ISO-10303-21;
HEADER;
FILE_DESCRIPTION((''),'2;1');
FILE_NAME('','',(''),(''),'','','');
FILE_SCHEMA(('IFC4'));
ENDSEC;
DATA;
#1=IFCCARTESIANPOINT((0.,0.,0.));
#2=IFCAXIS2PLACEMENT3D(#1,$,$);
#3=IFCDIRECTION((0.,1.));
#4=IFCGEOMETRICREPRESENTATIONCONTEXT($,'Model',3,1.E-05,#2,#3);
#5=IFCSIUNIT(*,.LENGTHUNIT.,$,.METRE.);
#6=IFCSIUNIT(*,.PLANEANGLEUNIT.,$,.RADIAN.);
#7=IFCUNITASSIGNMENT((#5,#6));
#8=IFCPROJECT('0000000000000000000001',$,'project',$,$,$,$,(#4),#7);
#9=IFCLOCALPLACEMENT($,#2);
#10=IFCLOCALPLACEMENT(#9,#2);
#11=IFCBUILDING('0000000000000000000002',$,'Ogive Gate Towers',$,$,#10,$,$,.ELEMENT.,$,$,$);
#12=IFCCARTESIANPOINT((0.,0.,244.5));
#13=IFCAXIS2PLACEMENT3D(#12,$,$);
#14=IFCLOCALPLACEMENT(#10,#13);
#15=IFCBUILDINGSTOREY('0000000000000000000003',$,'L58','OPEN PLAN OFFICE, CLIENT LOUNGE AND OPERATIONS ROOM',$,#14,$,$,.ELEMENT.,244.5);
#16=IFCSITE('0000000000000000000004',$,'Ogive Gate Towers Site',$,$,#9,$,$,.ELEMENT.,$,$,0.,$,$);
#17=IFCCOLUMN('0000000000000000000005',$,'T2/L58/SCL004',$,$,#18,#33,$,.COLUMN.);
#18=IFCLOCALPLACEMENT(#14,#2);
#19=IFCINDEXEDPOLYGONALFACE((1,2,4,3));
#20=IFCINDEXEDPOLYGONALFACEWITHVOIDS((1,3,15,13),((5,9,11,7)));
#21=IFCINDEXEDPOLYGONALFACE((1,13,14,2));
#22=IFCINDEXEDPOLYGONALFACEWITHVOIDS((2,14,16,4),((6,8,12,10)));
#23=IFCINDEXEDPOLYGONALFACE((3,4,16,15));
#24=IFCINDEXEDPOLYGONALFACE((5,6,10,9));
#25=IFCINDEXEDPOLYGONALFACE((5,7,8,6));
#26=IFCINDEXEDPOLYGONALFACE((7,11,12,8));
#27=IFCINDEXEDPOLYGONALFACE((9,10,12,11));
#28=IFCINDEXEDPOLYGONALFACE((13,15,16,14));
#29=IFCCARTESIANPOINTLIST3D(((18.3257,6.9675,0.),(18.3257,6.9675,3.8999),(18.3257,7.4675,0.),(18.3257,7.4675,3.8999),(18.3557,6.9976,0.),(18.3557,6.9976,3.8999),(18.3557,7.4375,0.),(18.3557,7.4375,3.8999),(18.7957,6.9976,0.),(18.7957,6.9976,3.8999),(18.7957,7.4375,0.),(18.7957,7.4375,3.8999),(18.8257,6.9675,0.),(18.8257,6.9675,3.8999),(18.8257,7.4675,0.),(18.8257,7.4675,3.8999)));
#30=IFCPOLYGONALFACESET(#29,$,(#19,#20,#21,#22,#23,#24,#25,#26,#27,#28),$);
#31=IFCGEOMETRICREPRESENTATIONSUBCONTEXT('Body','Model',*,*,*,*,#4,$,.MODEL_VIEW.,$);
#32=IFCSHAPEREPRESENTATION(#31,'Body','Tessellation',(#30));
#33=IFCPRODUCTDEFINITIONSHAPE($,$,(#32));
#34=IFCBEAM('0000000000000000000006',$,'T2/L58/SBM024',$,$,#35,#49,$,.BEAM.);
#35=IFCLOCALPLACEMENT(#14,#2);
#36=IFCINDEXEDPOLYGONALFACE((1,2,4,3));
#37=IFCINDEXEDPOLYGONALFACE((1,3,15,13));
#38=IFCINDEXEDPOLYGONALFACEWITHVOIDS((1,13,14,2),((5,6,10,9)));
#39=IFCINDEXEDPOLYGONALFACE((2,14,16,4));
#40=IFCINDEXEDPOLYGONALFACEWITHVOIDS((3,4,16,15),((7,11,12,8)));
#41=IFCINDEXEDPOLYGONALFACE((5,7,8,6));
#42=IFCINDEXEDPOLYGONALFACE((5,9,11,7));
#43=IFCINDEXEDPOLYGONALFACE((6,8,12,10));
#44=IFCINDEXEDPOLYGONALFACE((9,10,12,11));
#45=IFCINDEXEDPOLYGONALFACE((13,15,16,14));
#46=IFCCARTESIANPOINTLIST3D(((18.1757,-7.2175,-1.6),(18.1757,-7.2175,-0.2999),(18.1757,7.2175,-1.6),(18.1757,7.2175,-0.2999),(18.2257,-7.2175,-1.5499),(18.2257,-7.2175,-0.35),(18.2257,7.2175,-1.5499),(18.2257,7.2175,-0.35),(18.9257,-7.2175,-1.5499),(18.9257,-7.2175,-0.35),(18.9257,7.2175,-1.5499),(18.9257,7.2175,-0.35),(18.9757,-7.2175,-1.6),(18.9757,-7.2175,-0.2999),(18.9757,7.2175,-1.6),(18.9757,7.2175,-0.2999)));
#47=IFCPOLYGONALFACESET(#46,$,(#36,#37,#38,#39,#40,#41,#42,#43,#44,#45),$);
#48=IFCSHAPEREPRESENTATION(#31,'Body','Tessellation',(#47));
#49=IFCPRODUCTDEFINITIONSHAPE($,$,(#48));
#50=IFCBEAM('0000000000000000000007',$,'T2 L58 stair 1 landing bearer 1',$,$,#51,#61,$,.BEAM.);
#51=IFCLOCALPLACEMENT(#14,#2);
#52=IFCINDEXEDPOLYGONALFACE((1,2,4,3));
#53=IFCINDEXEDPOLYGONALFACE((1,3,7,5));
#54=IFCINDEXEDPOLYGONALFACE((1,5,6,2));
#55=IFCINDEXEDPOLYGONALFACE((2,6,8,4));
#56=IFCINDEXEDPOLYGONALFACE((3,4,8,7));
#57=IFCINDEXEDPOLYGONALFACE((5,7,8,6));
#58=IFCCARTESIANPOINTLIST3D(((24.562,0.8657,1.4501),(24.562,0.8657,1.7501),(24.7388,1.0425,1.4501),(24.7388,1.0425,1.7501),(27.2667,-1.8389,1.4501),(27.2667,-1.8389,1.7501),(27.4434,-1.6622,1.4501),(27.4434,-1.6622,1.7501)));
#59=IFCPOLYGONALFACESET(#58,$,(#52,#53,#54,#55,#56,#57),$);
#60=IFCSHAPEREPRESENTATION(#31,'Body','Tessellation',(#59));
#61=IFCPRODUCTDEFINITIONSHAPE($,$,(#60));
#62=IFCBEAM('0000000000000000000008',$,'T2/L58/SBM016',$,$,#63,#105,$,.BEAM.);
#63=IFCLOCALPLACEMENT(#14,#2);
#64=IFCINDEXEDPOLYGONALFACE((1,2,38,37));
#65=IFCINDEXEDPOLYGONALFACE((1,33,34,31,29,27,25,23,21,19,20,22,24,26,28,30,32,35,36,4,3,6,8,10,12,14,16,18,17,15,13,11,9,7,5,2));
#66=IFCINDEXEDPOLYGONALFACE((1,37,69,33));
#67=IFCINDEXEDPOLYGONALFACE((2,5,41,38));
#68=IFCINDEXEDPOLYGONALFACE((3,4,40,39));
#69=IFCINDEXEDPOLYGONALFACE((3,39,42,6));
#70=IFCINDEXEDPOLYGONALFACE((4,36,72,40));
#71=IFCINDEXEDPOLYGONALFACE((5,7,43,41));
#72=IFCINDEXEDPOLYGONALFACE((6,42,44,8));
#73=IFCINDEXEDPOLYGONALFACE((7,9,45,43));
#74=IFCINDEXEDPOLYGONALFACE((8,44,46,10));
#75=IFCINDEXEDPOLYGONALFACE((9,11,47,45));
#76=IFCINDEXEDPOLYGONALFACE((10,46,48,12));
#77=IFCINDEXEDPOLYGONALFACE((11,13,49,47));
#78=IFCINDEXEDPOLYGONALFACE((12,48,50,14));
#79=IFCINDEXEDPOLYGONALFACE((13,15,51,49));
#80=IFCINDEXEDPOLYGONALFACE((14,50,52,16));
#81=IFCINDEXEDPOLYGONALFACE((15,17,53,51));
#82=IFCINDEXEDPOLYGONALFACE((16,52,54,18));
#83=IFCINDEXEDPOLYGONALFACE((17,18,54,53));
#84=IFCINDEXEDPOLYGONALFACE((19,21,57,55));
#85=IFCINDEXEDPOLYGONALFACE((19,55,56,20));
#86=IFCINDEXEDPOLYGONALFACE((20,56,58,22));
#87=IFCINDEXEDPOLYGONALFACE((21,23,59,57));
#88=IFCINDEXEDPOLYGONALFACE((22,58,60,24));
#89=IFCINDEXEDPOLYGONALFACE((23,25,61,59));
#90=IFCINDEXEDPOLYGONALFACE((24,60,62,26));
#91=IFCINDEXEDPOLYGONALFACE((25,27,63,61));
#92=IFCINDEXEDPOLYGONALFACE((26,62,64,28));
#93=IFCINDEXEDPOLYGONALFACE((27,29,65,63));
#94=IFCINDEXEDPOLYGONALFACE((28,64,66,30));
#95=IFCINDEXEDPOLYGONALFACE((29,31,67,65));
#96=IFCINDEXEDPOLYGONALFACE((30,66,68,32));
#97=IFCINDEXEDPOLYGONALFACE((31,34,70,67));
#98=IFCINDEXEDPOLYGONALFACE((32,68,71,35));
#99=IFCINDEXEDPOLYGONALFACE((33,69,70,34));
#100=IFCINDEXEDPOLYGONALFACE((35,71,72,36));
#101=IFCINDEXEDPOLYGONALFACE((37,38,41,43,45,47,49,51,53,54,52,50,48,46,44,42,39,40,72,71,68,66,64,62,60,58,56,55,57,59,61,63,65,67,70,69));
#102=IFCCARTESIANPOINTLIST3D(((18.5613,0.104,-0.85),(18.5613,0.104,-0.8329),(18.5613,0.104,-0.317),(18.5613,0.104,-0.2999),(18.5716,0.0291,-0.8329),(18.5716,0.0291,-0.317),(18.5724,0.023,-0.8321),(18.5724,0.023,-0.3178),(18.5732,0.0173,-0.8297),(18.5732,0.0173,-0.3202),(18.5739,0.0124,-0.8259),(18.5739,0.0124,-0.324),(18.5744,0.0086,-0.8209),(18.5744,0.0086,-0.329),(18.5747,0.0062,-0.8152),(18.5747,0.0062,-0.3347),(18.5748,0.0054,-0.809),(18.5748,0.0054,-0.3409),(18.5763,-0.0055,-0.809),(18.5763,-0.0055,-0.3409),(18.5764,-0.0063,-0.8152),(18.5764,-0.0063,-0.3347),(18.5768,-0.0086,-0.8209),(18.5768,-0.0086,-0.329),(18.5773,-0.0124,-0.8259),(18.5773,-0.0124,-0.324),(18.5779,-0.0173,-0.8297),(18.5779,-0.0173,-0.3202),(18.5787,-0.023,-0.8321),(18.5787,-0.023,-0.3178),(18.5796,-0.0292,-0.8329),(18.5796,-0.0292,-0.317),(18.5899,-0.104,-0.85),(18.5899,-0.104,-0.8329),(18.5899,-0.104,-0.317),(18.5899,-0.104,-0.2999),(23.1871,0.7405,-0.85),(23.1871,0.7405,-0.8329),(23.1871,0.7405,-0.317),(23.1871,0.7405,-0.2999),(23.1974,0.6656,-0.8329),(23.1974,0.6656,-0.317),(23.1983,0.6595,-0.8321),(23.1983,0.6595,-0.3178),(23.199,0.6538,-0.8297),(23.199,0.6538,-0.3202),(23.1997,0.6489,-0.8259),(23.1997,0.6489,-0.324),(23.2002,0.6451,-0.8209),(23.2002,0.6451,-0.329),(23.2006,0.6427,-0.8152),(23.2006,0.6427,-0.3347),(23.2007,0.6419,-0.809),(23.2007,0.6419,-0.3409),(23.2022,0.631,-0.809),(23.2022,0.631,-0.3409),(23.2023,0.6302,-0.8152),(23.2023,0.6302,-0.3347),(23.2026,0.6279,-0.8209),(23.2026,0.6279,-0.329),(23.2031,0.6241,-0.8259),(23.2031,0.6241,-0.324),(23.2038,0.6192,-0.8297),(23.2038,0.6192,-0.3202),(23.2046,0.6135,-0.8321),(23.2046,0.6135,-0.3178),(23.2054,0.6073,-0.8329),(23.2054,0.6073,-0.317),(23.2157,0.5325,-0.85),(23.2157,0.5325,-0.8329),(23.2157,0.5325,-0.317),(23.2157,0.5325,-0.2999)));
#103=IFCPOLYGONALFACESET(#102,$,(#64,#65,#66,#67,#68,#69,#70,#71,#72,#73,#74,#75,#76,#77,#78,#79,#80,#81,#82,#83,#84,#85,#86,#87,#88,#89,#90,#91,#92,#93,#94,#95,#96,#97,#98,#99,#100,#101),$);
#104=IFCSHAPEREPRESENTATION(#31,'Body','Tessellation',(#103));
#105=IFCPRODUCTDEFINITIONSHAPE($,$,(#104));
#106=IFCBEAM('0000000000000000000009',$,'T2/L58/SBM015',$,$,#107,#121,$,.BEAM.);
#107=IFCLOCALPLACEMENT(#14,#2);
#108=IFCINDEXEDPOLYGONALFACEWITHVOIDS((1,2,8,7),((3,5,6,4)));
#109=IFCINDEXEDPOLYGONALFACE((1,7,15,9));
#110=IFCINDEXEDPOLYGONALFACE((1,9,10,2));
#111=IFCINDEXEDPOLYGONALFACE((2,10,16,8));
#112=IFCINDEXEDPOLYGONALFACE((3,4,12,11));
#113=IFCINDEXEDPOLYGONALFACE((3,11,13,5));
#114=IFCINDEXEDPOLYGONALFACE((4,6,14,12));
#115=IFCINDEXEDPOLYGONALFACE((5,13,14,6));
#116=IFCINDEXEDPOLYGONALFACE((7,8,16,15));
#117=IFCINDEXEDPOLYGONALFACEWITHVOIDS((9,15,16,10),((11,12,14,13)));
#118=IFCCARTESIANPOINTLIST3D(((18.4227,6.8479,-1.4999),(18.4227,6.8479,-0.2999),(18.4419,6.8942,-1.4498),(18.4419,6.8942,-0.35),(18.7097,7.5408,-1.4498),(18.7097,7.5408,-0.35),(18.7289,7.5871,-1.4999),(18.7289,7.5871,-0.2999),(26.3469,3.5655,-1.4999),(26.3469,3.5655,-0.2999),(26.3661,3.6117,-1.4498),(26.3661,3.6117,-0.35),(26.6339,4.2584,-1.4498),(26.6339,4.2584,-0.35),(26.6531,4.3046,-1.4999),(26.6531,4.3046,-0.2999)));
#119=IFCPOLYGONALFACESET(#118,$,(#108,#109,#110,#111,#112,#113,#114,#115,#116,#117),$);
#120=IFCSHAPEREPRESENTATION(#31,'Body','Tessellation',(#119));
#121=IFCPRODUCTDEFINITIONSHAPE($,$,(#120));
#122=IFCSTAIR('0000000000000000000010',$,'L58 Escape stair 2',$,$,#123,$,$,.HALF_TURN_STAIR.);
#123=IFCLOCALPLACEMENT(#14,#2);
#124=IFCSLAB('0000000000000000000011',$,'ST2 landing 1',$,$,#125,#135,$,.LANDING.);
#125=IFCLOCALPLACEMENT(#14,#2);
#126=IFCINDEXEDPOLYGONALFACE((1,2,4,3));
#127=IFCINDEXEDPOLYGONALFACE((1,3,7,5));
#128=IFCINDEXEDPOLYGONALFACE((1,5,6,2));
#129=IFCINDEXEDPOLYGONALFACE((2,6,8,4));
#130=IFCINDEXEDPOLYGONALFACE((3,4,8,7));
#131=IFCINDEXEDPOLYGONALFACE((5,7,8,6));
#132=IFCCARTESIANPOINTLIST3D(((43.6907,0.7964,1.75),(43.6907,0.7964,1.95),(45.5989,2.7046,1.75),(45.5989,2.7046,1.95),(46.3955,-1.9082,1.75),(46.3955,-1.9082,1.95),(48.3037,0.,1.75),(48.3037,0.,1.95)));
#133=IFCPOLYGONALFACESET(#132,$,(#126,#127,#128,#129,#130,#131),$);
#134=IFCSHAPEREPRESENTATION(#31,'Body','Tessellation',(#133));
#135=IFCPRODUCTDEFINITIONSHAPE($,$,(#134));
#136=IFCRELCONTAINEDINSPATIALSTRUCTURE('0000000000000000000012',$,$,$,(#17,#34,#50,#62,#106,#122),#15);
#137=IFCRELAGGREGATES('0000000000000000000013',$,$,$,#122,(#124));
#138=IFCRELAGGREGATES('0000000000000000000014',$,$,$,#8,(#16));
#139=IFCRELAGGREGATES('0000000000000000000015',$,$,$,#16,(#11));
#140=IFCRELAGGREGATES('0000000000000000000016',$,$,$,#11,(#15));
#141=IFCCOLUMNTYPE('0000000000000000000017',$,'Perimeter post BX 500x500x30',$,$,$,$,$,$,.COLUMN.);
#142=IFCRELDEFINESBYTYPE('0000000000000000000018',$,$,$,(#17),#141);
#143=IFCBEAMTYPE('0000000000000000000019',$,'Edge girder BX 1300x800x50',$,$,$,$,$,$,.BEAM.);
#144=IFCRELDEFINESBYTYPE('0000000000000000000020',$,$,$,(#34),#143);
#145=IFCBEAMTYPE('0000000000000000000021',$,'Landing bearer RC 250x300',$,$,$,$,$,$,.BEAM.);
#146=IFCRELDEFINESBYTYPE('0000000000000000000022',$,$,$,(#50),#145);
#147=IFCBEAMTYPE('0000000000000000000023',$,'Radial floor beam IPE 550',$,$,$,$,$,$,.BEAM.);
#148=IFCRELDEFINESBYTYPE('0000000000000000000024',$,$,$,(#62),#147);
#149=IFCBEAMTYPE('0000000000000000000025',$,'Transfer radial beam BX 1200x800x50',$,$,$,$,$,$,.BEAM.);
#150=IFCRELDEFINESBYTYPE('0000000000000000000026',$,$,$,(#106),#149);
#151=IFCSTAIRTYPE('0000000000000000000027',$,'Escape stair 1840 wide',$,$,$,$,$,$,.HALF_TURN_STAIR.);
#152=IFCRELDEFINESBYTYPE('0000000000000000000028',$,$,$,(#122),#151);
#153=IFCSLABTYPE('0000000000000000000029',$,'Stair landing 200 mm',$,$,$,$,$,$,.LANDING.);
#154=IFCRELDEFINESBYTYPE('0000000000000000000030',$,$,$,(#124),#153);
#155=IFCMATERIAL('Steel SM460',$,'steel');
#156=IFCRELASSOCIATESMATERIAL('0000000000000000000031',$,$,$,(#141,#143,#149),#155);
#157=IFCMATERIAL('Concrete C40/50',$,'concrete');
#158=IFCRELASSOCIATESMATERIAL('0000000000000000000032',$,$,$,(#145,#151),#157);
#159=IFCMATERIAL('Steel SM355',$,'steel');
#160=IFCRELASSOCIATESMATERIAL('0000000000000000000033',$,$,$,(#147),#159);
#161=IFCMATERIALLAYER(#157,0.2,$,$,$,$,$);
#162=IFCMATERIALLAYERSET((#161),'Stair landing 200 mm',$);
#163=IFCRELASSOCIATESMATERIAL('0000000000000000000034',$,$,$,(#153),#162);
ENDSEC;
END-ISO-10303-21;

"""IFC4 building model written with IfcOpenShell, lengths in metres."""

from ifc_helpers import new_model, si_unit, direction, frame, origin, origin_2d, place, context, subcontext, project, spatial, polyline, rectangle, hollow_rectangle, i_section, outline, extrude, material, layer, layer_set, material_profile, profile_set, type_object, element, aggregate, save


model = new_model("IFC4")

# Units and contexts
model_context = context("Model", 3, precision=1e-05, world=origin(), true_north=direction((0.0, 1.0)))
body_context = subcontext(model_context, "Body", "Model", "MODEL_VIEW")
ifc_project = project(units=[si_unit("LENGTHUNIT", "METRE"), si_unit("PLANEANGLEUNIT", "RADIAN")], contexts=[model_context])

# Site, building, storey
site_placement = place(None, origin())
site = spatial("IfcSite", under=ifc_project, at=site_placement, Name="Ogive Gate Towers Site", CompositionType="ELEMENT", RefElevation=0.0)
building_placement = place(site_placement, origin())
building = spatial("IfcBuilding", under=site, at=building_placement, Name="Ogive Gate Towers", CompositionType="ELEMENT")
storey_placement = place(building_placement, frame((0.0, 0.0, 244.5)))
storey = spatial("IfcBuildingStorey", under=building, at=storey_placement, Name="L58", Description="OPEN PLAN OFFICE, CLIENT LOUNGE AND OPERATIONS ROOM", CompositionType="ELEMENT", Elevation=244.5)

# Column
ifc_material_1 = material(Name="Steel SM460", Category="steel")
ifc_material_profile_1 = material_profile(ifc_material_1, hollow_rectangle(XDim=0.5, YDim=0.5, WallThickness=0.03, at=origin_2d()), Name="BX 500x500x30")
ifc_profile_set_1 = profile_set([ifc_material_profile_1], Name="Steel SM460")
column_type = type_object("IfcColumnType", Name="Perimeter post BX 500x500x30", PredefinedType="COLUMN", material=ifc_profile_set_1)
column_placement = place(storey_placement, frame((18.5757, 7.2175, 0.0), z_axis=(0.0, 0.0, 1.0), x_axis=(1.0, 0.0, 0.0)))
element("IfcColumn", 1, at=column_placement, inside=storey, type_object=column_type, Name="T2/L58/SCL004", PredefinedType="COLUMN", context=body_context, shape_type="SweptSolid", body=[
    extrude(hollow_rectangle(XDim=0.5, YDim=0.5, WallThickness=0.03, at=origin_2d()), origin(), (0.0, 0.0, 1.0), 3.8999),
])

# Beams
ifc_material_profile_2 = material_profile(ifc_material_1, hollow_rectangle(XDim=0.8, YDim=1.3, WallThickness=0.05, at=origin_2d()), Name="BX 1300x800x50")
ifc_profile_set_2 = profile_set([ifc_material_profile_2], Name="Steel SM460")
beam_type_1 = type_object("IfcBeamType", Name="Edge girder BX 1300x800x50", PredefinedType="BEAM", material=ifc_profile_set_2)
beam_1_placement = place(storey_placement, frame((18.5757, 7.2175, -0.95), z_axis=(0.0, -1.0, 0.0), x_axis=(1.0, 0.0, 0.0)))
element("IfcBeam", 2, at=beam_1_placement, inside=storey, type_object=beam_type_1, Name="T2/L58/SBM024", PredefinedType="BEAM", context=body_context, shape_type="SweptSolid", body=[
    extrude(hollow_rectangle(XDim=0.8, YDim=1.3, WallThickness=0.05, at=origin_2d()), origin(), (0.0, 0.0, 1.0), 14.4351),
])
ifc_material_2 = material(Name="Concrete C40/50", Category="concrete")
ifc_material_profile_3 = material_profile(ifc_material_2, rectangle(XDim=0.25, YDim=0.3, at=origin_2d()), Name="RC 250x300")
ifc_profile_set_3 = profile_set([ifc_material_profile_3], Name="Concrete C40/50")
beam_type_2 = type_object("IfcBeamType", Name="Landing bearer RC 250x300", PredefinedType="BEAM", material=ifc_profile_set_3)
beam_2_placement = place(storey_placement, frame((24.6504, 0.9541, 1.6001), z_axis=(0.707107, -0.707107, 0.0), x_axis=(0.707107, 0.707107, 0.0)))
element("IfcBeam", 3, at=beam_2_placement, inside=storey, type_object=beam_type_2, Name="T2 L58 stair 1 landing bearer 1", PredefinedType="BEAM", context=body_context, shape_type="SweptSolid", body=[
    extrude(rectangle(XDim=0.25, YDim=0.3, at=origin_2d()), origin(), (0.0, 0.0, 1.0), 3.825),
])
ifc_material_3 = material(Name="Steel SM355", Category="steel")
ifc_material_profile_4 = material_profile(ifc_material_3, i_section(OverallWidth=0.21, OverallDepth=0.55, WebThickness=0.011, FlangeThickness=0.0171, FilletRadius=0.0239, at=origin_2d()), Name="IPE 550")
ifc_profile_set_4 = profile_set([ifc_material_profile_4], Name="Steel SM355")
beam_type_3 = type_object("IfcBeamType", Name="Radial floor beam IPE 550", PredefinedType="BEAM", material=ifc_profile_set_4)
beam_3_placement = place(storey_placement, frame((23.2014, 0.6365, -0.575), z_axis=(-0.990666, -0.13631, 0.0), x_axis=(0.13631, -0.990666, 0.0)))
element("IfcBeam", 4, at=beam_3_placement, inside=storey, type_object=beam_type_3, Name="T2/L58/SBM016", PredefinedType="BEAM", context=body_context, shape_type="SweptSolid", body=[
    extrude(i_section(OverallWidth=0.21, OverallDepth=0.55, WebThickness=0.011, FlangeThickness=0.0171, FilletRadius=0.0239, at=origin_2d()), origin(), (0.0, 0.0, 1.0), 4.6694),
])
ifc_material_profile_5 = material_profile(ifc_material_1, hollow_rectangle(XDim=0.8, YDim=1.2, WallThickness=0.05, at=origin_2d()), Name="BX 1200x800x50")
ifc_profile_set_5 = profile_set([ifc_material_profile_5], Name="Steel SM460")
beam_type_4 = type_object("IfcBeamType", Name="Transfer radial beam BX 1200x800x50", PredefinedType="BEAM", material=ifc_profile_set_5)
beam_4_placement = place(storey_placement, frame((26.5, 3.9351, -0.8999), z_axis=(-0.923875, 0.382695, 0.0), x_axis=(-0.382695, -0.923875, 0.0)))
element("IfcBeam", 5, at=beam_4_placement, inside=storey, type_object=beam_type_4, Name="T2/L58/SBM015", PredefinedType="BEAM", context=body_context, shape_type="SweptSolid", body=[
    extrude(hollow_rectangle(XDim=0.8, YDim=1.2, WallThickness=0.05, at=origin_2d()), origin(), (0.0, 0.0, 1.0), 8.5771),
])

# Stair, slab
stair_type = type_object("IfcStairType", Name="Escape stair 1840 wide", PredefinedType="HALF_TURN_STAIR", material=ifc_material_2)
stair_placement = place(storey_placement, origin())
stair = element("IfcStair", 6, at=stair_placement, inside=storey, type_object=stair_type, Name="L58 Escape stair 2", PredefinedType="HALF_TURN_STAIR")
ifc_layer_1 = layer(ifc_material_2, 0.2)
ifc_layer_set_1 = layer_set([ifc_layer_1], Name="Stair landing 200 mm")
slab_type = type_object("IfcSlabType", Name="Stair landing 200 mm", PredefinedType="LANDING", material=ifc_layer_set_1)
slab_placement = place(storey_placement, frame((0.0, 0.0, 1.75)))
slab = element("IfcSlab", 7, at=slab_placement, type_object=slab_type, Name="ST2 landing 1", PredefinedType="LANDING", context=body_context, shape_type="SweptSolid", body=[
    extrude(outline(polyline([(46.3955, -1.9082), (48.3037, 0.0), (45.5989, 2.7046), (43.6907, 0.7964), (46.3955, -1.9082)])), origin(), (0.0, 0.0, 1.0), 0.2),
])
aggregate(stair, [slab])

save(model, "model.ifc")
